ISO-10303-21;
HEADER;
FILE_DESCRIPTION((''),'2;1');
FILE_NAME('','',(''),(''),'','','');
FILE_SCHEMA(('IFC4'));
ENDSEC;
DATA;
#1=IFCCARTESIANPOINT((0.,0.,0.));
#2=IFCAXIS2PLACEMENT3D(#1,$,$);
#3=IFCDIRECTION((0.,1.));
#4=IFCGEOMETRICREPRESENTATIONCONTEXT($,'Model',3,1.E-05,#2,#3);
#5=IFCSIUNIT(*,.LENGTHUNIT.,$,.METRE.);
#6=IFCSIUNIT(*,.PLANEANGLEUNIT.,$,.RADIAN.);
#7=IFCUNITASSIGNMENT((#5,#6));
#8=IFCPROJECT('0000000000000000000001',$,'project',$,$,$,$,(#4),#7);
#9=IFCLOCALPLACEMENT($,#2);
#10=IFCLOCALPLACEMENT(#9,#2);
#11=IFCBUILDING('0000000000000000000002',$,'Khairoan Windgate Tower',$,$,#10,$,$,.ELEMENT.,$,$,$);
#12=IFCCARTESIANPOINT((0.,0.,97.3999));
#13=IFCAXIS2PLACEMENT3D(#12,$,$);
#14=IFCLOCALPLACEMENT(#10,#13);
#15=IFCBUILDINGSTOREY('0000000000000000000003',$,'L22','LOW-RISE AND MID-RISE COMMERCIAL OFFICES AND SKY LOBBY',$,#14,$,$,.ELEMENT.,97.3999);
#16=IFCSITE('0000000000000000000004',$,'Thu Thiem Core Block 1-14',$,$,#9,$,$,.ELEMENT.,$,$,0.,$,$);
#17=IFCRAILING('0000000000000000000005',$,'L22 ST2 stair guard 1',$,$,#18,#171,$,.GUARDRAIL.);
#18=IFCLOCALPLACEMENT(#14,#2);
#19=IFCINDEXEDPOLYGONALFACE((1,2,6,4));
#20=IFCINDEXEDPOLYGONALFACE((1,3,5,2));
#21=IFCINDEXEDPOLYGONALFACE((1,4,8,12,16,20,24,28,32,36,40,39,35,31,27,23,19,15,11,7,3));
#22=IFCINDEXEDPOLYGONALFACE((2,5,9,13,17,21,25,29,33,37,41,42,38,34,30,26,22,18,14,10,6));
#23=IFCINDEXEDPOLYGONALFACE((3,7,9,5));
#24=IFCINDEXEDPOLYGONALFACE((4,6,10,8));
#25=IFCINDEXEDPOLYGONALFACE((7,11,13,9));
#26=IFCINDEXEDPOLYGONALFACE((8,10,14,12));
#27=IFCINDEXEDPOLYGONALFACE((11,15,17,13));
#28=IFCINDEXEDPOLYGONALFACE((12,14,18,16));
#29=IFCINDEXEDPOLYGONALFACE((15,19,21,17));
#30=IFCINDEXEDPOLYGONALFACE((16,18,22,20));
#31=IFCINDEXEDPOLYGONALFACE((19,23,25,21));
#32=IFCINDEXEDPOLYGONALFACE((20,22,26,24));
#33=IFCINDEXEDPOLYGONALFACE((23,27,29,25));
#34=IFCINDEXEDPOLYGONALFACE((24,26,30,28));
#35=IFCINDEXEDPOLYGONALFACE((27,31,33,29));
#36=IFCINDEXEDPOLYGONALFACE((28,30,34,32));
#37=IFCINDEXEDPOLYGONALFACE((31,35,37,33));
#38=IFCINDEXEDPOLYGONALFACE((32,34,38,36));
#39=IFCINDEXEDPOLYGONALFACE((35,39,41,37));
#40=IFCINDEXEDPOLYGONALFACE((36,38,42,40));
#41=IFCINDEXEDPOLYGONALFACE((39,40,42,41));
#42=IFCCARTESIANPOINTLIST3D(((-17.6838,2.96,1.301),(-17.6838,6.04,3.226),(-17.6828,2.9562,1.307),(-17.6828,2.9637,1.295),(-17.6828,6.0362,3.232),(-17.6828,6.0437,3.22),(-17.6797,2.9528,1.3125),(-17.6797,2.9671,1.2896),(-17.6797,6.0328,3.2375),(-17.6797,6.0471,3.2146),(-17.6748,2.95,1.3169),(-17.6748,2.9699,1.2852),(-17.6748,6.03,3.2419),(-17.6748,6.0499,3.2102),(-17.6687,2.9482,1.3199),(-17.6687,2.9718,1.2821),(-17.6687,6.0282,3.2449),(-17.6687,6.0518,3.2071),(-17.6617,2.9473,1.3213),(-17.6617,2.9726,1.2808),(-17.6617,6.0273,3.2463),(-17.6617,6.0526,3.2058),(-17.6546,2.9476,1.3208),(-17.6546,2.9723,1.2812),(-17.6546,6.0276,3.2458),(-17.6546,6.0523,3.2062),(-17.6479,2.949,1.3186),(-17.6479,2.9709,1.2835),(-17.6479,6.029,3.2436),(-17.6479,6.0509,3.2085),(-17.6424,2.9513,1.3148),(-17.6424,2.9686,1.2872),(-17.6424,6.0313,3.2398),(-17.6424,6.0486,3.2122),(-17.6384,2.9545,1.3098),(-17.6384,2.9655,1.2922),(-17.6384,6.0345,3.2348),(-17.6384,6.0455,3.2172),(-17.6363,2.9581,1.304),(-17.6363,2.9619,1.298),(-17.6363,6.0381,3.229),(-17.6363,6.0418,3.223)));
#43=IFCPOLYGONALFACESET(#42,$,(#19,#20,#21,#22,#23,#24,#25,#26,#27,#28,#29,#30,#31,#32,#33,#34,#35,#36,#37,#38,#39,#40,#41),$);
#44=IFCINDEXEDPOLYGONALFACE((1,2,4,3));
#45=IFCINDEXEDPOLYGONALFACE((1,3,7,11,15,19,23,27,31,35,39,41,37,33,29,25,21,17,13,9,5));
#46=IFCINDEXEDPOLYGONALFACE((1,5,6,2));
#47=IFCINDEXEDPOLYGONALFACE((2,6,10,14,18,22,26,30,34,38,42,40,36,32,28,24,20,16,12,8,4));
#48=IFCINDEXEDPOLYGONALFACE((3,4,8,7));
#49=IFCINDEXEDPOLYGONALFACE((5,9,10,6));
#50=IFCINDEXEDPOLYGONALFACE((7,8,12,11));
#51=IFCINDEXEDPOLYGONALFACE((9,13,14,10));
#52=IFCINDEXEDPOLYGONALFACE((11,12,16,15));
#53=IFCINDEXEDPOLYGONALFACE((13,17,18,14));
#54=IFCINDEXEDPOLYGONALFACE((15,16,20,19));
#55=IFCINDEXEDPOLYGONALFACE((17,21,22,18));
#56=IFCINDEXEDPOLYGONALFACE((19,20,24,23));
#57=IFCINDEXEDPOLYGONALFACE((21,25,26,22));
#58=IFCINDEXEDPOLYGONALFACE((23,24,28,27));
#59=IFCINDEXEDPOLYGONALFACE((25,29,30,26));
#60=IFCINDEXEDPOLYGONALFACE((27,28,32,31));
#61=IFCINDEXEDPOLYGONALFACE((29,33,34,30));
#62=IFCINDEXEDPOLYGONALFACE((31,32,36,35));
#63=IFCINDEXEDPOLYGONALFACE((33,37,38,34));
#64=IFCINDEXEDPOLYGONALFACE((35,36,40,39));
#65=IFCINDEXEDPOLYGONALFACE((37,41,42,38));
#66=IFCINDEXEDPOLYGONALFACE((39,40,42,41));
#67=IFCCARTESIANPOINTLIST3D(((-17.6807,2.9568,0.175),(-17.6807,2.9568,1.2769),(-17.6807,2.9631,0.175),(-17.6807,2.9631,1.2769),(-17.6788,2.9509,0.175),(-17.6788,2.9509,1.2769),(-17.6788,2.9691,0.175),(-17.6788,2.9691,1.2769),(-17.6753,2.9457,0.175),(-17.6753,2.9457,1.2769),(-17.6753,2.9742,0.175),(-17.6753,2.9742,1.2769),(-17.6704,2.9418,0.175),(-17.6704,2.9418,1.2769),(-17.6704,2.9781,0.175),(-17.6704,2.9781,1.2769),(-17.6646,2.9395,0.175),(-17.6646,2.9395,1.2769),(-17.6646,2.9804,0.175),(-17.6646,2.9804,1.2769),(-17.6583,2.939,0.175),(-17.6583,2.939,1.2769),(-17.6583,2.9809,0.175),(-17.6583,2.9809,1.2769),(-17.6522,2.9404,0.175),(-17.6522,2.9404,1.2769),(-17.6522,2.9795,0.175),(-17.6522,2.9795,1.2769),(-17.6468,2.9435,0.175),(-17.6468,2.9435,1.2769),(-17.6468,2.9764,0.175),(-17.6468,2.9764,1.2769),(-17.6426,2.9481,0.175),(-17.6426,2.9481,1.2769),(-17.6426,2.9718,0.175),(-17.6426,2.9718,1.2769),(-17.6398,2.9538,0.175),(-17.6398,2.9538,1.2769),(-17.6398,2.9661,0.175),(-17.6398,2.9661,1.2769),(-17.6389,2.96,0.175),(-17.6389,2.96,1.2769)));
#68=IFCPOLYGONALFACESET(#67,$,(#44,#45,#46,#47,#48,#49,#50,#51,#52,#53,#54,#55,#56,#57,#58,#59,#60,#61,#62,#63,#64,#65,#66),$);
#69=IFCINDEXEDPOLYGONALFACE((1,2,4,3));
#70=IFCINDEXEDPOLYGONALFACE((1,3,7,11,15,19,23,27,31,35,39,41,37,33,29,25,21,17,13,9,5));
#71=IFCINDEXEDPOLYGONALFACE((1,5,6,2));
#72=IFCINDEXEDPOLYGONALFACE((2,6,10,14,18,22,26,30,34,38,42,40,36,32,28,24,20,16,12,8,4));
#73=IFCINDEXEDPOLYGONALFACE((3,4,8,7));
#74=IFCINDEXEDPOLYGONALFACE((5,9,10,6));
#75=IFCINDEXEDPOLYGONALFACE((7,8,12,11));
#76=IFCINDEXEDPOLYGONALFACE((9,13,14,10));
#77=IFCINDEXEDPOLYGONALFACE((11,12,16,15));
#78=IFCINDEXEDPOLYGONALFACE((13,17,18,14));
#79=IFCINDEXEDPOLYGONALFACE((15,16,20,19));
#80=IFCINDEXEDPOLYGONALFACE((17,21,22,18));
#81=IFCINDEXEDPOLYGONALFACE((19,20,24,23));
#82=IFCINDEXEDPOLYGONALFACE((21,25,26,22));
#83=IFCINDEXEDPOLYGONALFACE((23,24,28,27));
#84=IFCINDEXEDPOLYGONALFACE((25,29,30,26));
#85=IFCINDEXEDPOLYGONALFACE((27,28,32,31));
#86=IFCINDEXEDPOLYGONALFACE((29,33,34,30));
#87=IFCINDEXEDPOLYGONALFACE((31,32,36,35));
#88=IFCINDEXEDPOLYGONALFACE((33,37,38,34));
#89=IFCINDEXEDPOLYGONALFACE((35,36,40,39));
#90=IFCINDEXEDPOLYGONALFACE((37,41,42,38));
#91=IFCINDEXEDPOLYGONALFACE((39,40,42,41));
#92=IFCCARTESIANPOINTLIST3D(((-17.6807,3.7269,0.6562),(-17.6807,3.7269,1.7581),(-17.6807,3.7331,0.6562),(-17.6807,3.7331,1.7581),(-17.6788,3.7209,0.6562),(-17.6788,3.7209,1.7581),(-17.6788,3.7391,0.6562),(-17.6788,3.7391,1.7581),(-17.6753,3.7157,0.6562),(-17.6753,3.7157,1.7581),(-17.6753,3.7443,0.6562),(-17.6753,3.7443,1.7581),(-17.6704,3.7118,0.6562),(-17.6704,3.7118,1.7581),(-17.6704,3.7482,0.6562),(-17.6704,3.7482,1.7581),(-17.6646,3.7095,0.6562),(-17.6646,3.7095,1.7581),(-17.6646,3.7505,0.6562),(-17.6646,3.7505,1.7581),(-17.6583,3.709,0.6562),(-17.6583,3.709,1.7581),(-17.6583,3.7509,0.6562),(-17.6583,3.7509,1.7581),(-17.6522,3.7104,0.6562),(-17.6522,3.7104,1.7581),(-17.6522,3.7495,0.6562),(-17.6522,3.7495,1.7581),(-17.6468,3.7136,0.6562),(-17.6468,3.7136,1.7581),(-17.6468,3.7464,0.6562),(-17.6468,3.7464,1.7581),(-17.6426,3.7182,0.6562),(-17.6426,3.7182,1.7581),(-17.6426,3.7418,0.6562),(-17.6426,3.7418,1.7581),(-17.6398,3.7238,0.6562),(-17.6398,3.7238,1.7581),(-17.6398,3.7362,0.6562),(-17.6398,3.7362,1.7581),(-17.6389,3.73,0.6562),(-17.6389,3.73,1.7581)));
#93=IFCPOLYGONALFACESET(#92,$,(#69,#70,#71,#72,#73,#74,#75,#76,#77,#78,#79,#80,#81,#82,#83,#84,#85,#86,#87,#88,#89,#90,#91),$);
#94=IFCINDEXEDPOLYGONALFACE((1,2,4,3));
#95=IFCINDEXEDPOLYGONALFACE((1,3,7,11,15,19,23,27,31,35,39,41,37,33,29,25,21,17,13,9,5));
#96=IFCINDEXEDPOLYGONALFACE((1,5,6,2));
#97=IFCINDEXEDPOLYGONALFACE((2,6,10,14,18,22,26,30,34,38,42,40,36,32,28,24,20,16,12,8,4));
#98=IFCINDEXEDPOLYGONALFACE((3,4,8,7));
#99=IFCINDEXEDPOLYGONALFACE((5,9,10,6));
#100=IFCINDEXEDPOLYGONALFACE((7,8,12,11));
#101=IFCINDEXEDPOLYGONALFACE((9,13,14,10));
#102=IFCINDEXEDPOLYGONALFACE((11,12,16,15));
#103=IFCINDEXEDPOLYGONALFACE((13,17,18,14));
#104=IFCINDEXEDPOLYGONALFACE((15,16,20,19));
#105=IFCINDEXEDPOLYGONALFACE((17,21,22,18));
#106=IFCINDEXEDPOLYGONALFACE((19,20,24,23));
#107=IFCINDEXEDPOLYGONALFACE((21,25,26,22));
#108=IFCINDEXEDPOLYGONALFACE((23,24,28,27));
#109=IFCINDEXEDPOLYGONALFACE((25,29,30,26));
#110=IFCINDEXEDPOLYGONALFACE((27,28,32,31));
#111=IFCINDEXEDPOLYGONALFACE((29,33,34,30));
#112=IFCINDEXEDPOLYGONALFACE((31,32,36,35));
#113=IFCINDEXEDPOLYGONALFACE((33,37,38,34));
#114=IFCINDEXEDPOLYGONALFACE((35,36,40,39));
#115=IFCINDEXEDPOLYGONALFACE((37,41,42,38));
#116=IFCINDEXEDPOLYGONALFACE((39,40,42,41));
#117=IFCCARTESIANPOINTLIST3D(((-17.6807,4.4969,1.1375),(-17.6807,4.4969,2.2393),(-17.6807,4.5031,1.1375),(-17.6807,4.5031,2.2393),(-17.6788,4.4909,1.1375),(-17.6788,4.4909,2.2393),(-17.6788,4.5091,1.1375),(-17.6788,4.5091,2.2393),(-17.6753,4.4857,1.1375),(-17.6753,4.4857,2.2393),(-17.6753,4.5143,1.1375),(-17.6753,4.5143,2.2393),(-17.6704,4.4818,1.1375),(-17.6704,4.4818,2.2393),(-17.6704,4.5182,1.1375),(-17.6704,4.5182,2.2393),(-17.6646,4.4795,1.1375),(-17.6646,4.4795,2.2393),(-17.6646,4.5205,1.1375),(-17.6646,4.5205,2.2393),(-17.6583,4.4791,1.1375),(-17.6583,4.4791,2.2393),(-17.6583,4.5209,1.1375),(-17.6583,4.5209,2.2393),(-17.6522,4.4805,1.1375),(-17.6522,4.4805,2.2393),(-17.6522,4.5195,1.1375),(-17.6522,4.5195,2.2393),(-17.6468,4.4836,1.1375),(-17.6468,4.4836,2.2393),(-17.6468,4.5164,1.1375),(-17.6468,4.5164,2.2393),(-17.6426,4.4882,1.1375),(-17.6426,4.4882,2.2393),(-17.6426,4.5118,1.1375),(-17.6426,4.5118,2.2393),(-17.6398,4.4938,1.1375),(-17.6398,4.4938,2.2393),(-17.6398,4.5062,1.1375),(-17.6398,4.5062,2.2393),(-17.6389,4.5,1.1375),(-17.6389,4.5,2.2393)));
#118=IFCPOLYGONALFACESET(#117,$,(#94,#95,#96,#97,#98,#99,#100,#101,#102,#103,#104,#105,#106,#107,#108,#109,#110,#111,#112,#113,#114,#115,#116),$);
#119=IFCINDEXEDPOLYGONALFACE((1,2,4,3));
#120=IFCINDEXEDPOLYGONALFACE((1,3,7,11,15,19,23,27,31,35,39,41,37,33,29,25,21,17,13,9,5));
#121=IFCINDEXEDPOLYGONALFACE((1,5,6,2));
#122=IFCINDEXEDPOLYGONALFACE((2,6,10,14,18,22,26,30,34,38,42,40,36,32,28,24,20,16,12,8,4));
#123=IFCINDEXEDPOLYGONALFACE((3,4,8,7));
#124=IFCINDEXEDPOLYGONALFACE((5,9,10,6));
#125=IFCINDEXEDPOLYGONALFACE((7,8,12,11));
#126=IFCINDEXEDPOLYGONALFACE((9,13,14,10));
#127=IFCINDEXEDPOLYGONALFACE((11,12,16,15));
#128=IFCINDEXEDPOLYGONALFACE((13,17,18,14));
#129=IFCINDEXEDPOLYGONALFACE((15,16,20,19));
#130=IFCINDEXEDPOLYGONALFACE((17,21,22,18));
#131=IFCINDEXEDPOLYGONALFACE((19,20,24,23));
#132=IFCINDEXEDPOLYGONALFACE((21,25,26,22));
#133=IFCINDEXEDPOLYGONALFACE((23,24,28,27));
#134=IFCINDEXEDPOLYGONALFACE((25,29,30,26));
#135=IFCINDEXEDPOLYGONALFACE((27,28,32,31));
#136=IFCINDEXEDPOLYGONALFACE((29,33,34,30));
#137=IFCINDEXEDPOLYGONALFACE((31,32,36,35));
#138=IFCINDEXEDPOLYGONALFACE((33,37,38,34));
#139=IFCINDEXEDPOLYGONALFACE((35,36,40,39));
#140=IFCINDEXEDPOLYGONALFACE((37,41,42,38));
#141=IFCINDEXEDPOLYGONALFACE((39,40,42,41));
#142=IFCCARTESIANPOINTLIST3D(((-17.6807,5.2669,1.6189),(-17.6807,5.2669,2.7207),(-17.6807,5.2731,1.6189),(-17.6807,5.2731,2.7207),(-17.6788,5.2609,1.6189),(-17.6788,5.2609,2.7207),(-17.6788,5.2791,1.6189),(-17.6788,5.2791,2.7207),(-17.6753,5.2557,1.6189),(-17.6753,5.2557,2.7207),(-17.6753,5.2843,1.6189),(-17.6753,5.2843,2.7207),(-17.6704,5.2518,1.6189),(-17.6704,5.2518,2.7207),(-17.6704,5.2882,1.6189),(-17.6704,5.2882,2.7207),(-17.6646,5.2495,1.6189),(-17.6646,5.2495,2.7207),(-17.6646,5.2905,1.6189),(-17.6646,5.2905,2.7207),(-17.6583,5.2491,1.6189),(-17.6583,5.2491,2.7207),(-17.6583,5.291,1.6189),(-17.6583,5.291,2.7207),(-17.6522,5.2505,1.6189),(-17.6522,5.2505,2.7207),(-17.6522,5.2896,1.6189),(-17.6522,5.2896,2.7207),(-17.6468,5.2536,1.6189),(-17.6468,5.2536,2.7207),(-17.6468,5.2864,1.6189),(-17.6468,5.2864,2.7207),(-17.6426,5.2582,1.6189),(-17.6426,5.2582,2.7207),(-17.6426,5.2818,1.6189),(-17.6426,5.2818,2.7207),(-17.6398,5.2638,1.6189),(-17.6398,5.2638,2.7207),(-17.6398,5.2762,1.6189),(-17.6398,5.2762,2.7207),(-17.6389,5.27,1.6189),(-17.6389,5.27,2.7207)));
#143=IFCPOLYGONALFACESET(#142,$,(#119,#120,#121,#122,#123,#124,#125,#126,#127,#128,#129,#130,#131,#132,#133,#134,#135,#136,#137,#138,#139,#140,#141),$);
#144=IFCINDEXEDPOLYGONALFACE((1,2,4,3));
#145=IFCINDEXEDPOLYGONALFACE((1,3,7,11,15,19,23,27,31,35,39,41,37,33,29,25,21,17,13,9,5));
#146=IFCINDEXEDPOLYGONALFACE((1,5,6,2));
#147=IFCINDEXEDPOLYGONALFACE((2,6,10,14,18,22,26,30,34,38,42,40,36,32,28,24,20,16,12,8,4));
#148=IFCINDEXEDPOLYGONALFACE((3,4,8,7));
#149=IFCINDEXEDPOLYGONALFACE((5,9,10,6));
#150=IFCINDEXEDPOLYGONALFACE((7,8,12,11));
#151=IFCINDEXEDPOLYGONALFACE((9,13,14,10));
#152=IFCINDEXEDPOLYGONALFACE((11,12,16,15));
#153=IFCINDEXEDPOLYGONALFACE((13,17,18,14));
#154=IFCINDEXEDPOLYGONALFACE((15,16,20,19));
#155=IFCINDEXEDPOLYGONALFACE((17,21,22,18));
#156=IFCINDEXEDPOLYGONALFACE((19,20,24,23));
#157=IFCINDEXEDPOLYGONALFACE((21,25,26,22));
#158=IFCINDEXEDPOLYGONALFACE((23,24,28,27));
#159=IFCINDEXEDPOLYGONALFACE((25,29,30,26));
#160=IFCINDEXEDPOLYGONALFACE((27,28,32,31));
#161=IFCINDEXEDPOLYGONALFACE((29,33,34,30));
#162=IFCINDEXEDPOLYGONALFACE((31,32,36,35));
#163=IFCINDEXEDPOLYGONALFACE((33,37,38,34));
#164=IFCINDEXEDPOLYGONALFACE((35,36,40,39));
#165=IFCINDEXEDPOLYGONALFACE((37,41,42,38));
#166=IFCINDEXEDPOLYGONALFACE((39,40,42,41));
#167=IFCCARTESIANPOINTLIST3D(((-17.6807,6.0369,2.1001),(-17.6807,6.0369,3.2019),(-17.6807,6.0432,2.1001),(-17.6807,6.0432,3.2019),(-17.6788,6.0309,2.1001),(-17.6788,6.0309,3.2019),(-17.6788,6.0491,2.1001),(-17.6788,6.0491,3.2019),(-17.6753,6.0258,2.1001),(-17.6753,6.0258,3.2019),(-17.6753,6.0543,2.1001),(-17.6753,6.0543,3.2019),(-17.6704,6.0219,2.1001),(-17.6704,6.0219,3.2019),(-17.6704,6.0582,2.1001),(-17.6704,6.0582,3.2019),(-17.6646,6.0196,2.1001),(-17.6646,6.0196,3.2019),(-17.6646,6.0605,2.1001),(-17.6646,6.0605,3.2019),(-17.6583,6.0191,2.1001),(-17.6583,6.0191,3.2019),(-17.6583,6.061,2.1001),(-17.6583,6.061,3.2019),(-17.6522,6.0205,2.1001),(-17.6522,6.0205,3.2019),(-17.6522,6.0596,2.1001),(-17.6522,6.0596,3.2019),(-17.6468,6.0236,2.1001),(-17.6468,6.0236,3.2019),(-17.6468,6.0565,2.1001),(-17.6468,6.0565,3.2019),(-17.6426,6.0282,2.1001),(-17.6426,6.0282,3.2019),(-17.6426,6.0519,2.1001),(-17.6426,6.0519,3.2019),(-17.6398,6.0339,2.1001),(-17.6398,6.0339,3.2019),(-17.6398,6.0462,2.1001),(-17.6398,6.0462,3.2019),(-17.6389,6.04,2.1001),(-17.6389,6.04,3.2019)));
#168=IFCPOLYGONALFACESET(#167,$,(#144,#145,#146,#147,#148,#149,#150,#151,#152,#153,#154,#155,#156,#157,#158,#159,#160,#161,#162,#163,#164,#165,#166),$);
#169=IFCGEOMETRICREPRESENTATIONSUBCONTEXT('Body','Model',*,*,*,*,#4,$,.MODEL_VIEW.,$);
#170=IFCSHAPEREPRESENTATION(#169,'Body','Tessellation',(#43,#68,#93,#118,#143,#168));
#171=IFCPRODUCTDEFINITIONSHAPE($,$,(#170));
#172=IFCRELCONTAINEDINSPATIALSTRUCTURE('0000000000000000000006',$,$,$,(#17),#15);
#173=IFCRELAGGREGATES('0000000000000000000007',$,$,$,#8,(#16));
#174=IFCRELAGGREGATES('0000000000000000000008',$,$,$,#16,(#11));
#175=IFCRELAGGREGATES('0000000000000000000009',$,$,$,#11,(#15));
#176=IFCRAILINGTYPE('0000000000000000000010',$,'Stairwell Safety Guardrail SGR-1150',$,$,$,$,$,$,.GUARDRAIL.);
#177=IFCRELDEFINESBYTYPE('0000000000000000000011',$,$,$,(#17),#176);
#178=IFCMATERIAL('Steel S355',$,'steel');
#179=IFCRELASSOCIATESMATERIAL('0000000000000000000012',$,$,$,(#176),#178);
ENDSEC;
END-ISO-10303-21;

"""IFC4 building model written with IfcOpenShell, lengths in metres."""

from ifc_helpers import new_model, si_unit, direction, frame, origin, origin_2d, place, context, subcontext, project, spatial, circle, extrude, material, type_object, element, save


model = new_model("IFC4")

# Units and contexts
model_context = context("Model", 3, precision=1e-05, world=origin(), true_north=direction((0.0, 1.0)))
body_context = subcontext(model_context, "Body", "Model", "MODEL_VIEW")
ifc_project = project(units=[si_unit("LENGTHUNIT", "METRE"), si_unit("PLANEANGLEUNIT", "RADIAN")], contexts=[model_context])

# Site, building, storey
site_placement = place(None, origin())
site = spatial("IfcSite", under=ifc_project, at=site_placement, Name="Thu Thiem Core Block 1-14", CompositionType="ELEMENT", RefElevation=0.0)
building_placement = place(site_placement, origin())
building = spatial("IfcBuilding", under=site, at=building_placement, Name="Khairoan Windgate Tower", CompositionType="ELEMENT")
storey_placement = place(building_placement, frame((0.0, 0.0, 97.3999)))
storey = spatial("IfcBuildingStorey", under=building, at=storey_placement, Name="L22", Description="LOW-RISE AND MID-RISE COMMERCIAL OFFICES AND SKY LOBBY", CompositionType="ELEMENT", Elevation=97.3999)

# Railing
ifc_material_1 = material(Name="Steel S355", Category="steel")
railing_type_1 = type_object("IfcRailingType", Name="Stairwell Safety Guardrail SGR-1150", PredefinedType="GUARDRAIL", material=ifc_material_1)
railing_1_placement = place(storey_placement, frame((-17.6599, 2.96, 0.175)))
element("IfcRailing", 1, at=railing_1_placement, inside=storey, type_object=railing_type_1, Name="L22 ST2 stair guard 1", PredefinedType="GUARDRAIL", context=body_context, shape_type="SweptSolid", body=[
    extrude(circle(Radius=0.0239, at=origin_2d()), frame((0.0, 0.0, 1.126), z_axis=(0.0, 0.847998, 0.529999), x_axis=(-1.0, 0.0, 0.0)), (0.0, 0.0, 1.0), 3.6321),
    extrude(circle(Radius=0.021, at=origin_2d()), origin(), (0.0, 0.0, 1.0), 1.1018),
    extrude(circle(Radius=0.021, at=origin_2d()), frame((0.0, 0.77, 0.4812)), (0.0, 0.0, 1.0), 1.1018),
    extrude(circle(Radius=0.021, at=origin_2d()), frame((0.0, 1.54, 0.9624)), (0.0, 0.0, 1.0), 1.1018),
    extrude(circle(Radius=0.021, at=origin_2d()), frame((0.0, 2.3101, 1.4438)), (0.0, 0.0, 1.0), 1.1018),
    extrude(circle(Radius=0.021, at=origin_2d()), frame((0.0, 3.0801, 1.925)), (0.0, 0.0, 1.0), 1.1018),
])

save(model, "model.ifc")
